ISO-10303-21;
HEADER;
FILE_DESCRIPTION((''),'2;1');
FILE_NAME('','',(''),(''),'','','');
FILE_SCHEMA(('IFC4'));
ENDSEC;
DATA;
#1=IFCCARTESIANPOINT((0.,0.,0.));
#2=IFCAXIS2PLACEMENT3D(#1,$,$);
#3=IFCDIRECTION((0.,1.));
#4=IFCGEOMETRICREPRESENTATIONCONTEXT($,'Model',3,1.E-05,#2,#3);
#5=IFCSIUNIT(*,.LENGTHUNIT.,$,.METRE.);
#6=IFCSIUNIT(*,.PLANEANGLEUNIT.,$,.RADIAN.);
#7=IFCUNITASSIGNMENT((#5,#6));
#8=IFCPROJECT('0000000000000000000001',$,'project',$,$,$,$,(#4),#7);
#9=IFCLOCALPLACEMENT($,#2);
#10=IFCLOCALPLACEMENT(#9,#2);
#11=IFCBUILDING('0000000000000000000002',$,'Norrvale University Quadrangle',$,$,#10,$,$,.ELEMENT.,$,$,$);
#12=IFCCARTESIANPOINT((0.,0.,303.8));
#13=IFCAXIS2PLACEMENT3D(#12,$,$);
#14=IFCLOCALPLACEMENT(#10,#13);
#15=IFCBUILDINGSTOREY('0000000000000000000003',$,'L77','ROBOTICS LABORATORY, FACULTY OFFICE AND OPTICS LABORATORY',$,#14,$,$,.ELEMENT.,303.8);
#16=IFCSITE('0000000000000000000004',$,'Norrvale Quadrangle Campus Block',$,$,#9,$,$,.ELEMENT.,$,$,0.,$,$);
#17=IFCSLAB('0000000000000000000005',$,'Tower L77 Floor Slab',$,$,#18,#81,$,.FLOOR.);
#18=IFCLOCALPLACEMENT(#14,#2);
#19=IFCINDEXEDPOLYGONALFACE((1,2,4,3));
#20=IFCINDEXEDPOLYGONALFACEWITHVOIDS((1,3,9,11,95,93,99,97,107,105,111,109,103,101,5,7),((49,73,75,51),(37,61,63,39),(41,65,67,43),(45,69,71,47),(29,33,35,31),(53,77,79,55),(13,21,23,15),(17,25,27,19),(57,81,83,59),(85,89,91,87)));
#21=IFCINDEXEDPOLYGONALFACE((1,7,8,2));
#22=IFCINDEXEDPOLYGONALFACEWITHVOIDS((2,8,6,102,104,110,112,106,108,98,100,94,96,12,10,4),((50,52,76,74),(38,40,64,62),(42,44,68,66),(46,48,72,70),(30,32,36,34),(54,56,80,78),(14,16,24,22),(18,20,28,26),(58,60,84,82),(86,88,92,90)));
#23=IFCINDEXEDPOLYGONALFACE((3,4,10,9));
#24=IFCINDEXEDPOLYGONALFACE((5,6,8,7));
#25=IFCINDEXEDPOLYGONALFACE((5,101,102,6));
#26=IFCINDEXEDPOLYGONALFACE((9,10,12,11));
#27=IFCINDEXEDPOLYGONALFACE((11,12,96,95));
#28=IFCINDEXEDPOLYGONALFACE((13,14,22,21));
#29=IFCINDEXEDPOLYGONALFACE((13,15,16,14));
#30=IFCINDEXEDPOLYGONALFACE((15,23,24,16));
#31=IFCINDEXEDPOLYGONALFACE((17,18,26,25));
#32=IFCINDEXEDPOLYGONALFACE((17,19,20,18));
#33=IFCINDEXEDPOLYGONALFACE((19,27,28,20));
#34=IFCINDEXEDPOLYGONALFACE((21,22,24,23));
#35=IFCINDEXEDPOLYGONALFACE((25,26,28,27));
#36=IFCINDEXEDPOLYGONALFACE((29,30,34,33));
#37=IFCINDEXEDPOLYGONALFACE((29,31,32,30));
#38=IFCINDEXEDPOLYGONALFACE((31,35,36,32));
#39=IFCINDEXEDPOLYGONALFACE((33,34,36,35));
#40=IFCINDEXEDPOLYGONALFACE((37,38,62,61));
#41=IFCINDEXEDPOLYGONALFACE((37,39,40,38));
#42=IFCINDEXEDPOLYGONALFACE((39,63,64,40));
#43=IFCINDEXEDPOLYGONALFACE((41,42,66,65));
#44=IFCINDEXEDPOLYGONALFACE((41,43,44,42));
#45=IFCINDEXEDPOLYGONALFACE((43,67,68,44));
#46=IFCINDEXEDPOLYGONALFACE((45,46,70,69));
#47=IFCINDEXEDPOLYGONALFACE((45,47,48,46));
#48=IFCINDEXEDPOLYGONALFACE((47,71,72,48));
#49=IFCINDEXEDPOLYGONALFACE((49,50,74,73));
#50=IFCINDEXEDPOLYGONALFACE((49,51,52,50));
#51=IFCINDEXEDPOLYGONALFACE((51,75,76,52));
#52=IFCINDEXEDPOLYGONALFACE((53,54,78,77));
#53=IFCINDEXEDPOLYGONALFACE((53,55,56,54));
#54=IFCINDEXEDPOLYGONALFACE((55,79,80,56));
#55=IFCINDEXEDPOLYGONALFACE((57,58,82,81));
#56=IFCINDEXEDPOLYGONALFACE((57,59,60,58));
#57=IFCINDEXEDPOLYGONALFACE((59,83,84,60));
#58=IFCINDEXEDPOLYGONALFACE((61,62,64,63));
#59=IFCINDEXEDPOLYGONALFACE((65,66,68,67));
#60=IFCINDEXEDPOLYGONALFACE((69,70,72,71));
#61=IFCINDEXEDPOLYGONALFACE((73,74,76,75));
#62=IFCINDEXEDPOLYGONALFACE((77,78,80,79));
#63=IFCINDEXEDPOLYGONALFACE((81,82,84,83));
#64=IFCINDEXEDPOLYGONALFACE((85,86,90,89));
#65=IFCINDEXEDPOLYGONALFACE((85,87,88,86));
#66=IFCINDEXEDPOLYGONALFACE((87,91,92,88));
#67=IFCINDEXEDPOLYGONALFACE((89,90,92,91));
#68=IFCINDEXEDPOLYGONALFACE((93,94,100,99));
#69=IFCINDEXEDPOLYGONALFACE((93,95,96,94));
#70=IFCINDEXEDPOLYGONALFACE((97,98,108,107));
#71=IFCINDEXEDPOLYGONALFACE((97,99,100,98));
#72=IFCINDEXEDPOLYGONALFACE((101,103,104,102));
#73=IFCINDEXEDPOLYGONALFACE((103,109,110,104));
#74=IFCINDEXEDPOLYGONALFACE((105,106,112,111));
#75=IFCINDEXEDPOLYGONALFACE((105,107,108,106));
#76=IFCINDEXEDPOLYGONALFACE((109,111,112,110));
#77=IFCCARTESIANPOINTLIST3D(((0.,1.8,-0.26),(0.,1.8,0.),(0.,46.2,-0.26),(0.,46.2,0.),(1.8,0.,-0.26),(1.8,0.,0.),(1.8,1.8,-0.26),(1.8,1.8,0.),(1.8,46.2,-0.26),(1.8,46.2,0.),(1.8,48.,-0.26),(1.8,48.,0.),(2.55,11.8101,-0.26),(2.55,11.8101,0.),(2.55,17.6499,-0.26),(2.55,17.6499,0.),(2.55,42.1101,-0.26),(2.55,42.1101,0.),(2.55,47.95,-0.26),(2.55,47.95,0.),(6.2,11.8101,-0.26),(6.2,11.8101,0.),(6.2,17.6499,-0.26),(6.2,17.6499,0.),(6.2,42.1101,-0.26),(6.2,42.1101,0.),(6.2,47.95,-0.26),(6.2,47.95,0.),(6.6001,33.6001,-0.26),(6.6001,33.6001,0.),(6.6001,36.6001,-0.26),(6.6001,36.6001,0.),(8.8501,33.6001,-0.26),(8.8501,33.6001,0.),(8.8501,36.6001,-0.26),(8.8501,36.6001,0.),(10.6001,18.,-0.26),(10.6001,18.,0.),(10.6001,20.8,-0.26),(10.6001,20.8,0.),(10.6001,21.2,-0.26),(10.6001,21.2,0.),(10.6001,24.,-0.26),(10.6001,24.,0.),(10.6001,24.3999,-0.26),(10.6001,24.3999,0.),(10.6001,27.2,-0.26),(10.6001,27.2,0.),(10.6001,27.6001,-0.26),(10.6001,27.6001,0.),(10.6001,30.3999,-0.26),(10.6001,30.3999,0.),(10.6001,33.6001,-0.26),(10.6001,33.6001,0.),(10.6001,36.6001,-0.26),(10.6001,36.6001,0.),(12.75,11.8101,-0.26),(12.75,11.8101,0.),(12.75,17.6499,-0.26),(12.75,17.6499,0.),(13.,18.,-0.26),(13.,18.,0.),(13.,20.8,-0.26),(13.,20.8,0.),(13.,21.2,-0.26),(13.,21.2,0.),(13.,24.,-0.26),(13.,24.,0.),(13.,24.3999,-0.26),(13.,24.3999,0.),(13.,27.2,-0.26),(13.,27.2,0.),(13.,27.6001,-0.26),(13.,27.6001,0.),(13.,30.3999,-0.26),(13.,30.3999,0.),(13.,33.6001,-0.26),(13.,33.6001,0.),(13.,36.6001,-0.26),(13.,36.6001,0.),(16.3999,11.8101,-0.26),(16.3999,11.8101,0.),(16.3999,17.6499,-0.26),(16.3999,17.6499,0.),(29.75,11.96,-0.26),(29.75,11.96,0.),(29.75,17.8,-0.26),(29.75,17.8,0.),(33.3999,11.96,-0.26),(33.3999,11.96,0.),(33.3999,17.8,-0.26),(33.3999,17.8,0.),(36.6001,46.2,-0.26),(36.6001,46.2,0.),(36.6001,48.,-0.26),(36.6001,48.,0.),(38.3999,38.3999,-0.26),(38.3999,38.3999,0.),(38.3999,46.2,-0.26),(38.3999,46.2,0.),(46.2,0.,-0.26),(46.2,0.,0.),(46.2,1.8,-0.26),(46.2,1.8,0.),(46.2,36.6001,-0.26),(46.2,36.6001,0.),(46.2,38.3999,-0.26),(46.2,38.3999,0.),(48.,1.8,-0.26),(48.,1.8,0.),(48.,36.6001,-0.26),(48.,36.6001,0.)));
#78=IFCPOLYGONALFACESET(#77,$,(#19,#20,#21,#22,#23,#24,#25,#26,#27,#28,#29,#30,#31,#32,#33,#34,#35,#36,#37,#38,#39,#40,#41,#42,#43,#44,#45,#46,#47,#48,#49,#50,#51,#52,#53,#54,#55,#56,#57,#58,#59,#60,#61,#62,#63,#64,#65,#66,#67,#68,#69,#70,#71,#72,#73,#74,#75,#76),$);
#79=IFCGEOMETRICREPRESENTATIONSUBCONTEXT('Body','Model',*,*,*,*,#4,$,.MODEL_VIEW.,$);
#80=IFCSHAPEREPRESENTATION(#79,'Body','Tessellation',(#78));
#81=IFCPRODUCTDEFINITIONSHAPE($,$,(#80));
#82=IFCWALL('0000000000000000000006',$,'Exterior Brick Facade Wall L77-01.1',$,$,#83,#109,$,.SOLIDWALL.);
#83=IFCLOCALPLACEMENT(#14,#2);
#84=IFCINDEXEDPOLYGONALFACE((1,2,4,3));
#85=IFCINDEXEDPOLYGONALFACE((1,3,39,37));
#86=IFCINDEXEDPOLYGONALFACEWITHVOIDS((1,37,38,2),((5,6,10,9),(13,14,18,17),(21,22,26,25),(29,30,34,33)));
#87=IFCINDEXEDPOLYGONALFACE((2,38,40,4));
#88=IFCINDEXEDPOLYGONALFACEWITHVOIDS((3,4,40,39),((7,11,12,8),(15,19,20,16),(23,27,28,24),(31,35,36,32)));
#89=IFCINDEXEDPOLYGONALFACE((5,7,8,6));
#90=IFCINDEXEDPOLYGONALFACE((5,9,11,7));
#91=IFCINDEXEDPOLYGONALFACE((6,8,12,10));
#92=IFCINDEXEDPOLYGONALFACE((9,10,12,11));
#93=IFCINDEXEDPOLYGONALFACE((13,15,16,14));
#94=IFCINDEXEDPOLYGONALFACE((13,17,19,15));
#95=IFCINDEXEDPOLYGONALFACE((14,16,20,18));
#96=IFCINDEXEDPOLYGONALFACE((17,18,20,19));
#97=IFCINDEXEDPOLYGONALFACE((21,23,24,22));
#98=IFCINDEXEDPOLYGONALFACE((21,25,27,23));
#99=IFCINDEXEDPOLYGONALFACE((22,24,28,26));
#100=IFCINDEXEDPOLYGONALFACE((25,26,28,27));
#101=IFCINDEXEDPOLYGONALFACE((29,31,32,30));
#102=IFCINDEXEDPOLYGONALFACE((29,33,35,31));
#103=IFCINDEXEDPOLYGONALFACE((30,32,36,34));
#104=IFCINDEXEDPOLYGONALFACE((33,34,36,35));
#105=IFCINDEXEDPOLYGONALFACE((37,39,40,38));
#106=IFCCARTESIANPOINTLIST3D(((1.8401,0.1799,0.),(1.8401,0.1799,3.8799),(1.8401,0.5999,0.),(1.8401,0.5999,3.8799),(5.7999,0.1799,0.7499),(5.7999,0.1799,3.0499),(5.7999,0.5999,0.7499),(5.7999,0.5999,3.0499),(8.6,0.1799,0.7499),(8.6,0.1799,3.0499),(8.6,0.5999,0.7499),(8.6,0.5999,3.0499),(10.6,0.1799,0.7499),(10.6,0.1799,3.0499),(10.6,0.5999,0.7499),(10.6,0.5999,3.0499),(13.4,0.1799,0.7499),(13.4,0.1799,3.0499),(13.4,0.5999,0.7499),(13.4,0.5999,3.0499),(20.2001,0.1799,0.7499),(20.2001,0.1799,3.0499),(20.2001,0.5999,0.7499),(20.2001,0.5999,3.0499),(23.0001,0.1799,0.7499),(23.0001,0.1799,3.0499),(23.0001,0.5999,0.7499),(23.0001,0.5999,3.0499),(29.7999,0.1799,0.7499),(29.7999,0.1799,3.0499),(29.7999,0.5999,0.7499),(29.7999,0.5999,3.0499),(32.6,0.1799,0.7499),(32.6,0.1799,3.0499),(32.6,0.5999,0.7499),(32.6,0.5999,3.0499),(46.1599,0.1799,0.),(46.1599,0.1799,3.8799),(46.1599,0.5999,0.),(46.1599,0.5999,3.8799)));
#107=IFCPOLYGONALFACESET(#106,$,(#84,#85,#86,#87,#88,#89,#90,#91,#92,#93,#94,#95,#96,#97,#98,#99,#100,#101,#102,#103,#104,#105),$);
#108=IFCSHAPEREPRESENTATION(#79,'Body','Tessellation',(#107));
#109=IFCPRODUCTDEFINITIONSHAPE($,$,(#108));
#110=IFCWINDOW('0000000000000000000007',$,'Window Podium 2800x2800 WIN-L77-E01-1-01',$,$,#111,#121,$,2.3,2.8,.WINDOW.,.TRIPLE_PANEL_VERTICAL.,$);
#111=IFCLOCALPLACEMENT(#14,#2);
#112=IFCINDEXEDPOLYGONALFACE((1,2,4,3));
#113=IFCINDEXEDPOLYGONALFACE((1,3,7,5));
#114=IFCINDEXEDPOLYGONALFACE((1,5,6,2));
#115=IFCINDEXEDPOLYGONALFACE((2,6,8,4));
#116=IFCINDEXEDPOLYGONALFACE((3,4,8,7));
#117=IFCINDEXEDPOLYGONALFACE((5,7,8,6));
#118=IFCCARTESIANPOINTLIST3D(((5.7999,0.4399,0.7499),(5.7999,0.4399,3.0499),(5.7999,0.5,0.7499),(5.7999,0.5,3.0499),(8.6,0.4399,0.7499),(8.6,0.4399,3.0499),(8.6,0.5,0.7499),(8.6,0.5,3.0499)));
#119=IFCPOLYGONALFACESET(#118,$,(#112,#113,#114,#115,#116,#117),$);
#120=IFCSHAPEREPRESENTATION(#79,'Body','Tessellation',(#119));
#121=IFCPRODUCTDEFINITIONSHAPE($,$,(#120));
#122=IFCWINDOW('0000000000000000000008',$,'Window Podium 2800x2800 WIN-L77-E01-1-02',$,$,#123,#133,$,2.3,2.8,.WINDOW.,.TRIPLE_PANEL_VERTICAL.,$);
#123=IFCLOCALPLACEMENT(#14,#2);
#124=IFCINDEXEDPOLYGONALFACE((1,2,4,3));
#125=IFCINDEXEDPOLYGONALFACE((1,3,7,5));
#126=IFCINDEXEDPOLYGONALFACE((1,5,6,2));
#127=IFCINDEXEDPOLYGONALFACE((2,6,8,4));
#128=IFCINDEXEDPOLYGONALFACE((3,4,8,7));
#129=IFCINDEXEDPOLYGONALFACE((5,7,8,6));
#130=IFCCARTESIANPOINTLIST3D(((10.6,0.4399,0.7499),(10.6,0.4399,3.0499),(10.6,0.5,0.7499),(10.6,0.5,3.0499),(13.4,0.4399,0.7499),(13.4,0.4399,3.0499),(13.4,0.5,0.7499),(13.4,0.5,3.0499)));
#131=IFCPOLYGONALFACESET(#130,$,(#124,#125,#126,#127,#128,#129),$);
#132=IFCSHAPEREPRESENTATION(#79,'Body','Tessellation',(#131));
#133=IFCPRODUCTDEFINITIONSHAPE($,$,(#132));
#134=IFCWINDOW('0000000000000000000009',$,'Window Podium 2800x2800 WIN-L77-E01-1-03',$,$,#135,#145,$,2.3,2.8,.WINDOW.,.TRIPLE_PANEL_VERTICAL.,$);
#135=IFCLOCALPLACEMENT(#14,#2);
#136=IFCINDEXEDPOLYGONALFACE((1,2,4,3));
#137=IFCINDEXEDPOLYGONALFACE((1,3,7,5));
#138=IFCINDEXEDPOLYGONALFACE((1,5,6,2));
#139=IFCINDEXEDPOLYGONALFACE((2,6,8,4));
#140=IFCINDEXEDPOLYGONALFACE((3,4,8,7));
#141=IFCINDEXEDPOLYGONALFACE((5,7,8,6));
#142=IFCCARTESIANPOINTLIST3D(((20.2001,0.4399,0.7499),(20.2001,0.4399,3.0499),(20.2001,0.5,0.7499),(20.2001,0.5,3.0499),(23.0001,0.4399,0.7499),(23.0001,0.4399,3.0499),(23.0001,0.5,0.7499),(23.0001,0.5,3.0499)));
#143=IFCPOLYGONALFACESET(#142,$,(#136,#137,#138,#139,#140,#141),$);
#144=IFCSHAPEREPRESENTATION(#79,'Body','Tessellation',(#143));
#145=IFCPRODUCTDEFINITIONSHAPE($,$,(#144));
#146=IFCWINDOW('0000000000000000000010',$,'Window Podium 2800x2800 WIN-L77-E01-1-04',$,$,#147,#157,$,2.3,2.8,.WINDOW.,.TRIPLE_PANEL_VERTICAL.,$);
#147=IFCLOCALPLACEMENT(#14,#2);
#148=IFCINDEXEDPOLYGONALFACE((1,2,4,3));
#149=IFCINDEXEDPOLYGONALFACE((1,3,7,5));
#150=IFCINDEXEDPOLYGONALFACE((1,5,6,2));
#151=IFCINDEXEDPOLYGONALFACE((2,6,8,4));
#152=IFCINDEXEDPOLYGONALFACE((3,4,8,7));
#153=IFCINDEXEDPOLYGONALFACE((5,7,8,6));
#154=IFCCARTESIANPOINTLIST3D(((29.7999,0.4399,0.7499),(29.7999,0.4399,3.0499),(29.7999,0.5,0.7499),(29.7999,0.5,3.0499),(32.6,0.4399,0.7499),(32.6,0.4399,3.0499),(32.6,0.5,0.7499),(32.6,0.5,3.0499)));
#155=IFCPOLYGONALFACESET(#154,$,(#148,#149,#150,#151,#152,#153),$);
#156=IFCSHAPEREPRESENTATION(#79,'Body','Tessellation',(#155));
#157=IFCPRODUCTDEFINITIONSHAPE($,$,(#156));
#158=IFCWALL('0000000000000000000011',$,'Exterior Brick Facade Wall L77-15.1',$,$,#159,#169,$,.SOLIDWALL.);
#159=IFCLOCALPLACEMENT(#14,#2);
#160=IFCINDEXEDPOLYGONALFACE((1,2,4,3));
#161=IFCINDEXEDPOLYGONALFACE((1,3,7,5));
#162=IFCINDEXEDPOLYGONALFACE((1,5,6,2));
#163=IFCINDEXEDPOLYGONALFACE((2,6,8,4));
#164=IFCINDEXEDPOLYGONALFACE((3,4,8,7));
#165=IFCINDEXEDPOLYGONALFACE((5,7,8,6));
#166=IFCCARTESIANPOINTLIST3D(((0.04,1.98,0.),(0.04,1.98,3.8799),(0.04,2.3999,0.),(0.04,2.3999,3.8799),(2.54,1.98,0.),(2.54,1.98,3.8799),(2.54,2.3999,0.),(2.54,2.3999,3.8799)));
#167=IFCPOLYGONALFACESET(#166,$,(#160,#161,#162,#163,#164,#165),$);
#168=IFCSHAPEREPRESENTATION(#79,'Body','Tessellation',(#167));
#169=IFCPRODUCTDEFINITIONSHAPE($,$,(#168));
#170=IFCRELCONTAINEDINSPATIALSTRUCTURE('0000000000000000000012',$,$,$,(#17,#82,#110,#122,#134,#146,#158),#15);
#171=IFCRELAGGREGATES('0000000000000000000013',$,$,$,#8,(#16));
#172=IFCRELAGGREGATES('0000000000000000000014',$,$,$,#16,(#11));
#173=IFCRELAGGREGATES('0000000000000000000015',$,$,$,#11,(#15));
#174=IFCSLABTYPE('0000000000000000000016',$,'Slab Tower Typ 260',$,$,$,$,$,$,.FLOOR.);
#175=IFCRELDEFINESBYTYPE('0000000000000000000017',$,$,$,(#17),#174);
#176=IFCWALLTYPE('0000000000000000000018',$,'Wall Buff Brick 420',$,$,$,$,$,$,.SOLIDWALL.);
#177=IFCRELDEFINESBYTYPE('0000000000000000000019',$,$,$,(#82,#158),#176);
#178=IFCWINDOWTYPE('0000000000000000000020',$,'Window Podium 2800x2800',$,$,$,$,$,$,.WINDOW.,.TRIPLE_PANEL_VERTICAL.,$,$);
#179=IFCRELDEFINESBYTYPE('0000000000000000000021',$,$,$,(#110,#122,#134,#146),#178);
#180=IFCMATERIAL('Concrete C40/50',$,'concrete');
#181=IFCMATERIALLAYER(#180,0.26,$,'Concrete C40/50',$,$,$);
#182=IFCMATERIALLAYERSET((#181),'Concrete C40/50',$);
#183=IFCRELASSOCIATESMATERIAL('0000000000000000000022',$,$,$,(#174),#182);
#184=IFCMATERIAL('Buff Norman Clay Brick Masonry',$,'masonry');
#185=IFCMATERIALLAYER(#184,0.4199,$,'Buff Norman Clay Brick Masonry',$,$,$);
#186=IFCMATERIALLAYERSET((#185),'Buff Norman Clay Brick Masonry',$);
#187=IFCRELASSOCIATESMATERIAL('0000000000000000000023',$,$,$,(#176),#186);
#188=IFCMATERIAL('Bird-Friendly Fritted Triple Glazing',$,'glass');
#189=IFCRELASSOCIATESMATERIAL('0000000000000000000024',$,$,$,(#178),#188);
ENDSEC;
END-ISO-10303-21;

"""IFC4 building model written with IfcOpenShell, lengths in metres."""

from ifc_helpers import new_model, si_unit, direction, frame, frame_2d, origin, place, context, subcontext, project, spatial, polyline, rectangle, outline, extrude, material, layer, layer_set, type_object, element, fill, save


model = new_model("IFC4")

# Units and contexts
model_context = context("Model", 3, precision=1e-05, world=origin(), true_north=direction((0.0, 1.0)))
body_context = subcontext(model_context, "Body", "Model", "MODEL_VIEW")
ifc_project = project(units=[si_unit("LENGTHUNIT", "METRE"), si_unit("PLANEANGLEUNIT", "RADIAN")], contexts=[model_context])

# Site, building, storey
site_placement = place(None, origin())
site = spatial("IfcSite", under=ifc_project, at=site_placement, Name="Norrvale Quadrangle Campus Block", CompositionType="ELEMENT", RefElevation=0.0)
building_placement = place(site_placement, origin())
building = spatial("IfcBuilding", under=site, at=building_placement, Name="Norrvale University Quadrangle", CompositionType="ELEMENT")
storey_placement = place(building_placement, frame((0.0, 0.0, 303.8)))
storey = spatial("IfcBuildingStorey", under=building, at=storey_placement, Name="L77", Description="ROBOTICS LABORATORY, FACULTY OFFICE AND OPTICS LABORATORY", CompositionType="ELEMENT", Elevation=303.8)

# Shared definitions
ifc_material_1 = material(Name="Concrete C40/50", Category="concrete")

# Slab
ifc_layer_1 = layer(ifc_material_1, 0.26, Name="Concrete C40/50")
ifc_layer_set_1 = layer_set([ifc_layer_1], Name="Concrete C40/50")
slab_type_1 = type_object("IfcSlabType", Name="Slab Tower Typ 260", PredefinedType="FLOOR", material=ifc_layer_set_1)
slab_1_placement = place(storey_placement, frame((0.0, 0.0, -0.26)))
element("IfcSlab", 1, at=slab_1_placement, inside=storey, type_object=slab_type_1, Name="Tower L77 Floor Slab", PredefinedType="FLOOR", context=body_context, shape_type="SweptSolid", body=[
    extrude(outline(polyline([(1.8, 0.0), (46.2, 0.0), (46.2, 1.8), (48.0, 1.8), (48.0, 36.6001), (46.2, 36.6001), (46.2, 38.3999), (38.3999, 38.3999), (38.3999, 46.2), (36.6001, 46.2), (36.6001, 48.0), (1.8, 48.0), (1.8, 46.2), (0.0, 46.2), (0.0, 1.8), (1.8, 1.8), (1.8, 0.0)]), holes=[polyline([(2.55, 11.8101), (6.2, 11.8101), (6.2, 17.6499), (2.55, 17.6499), (2.55, 11.8101)]), polyline([(2.55, 42.1101), (6.2, 42.1101), (6.2, 47.95), (2.55, 47.95), (2.55, 42.1101)]), polyline([(12.75, 11.8101), (16.3999, 11.8101), (16.3999, 17.6499), (12.75, 17.6499), (12.75, 11.8101)]), polyline([(29.75, 11.96), (33.3999, 11.96), (33.3999, 17.8), (29.75, 17.8), (29.75, 11.96)]), polyline([(10.6001, 18.0), (13.0, 18.0), (13.0, 20.8), (10.6001, 20.8), (10.6001, 18.0)]), polyline([(10.6001, 21.2), (13.0, 21.2), (13.0, 24.0), (10.6001, 24.0), (10.6001, 21.2)]), polyline([(10.6001, 24.3999), (13.0, 24.3999), (13.0, 27.2), (10.6001, 27.2), (10.6001, 24.3999)]), polyline([(10.6001, 27.6001), (13.0, 27.6001), (13.0, 30.3999), (10.6001, 30.3999), (10.6001, 27.6001)]), polyline([(6.6001, 33.6001), (8.8501, 33.6001), (8.8501, 36.6001), (6.6001, 36.6001), (6.6001, 33.6001)]), polyline([(10.6001, 33.6001), (13.0, 33.6001), (13.0, 36.6001), (10.6001, 36.6001), (10.6001, 33.6001)])]), origin(), (0.0, 0.0, 1.0), 0.26),
])

# Wall, openings, windows
ifc_material_2 = material(Name="Buff Norman Clay Brick Masonry", Category="masonry")
ifc_layer_2 = layer(ifc_material_2, 0.4199, Name="Buff Norman Clay Brick Masonry")
ifc_layer_set_2 = layer_set([ifc_layer_2], Name="Buff Norman Clay Brick Masonry")
wall_type_1 = type_object("IfcWallType", Name="Wall Buff Brick 420", PredefinedType="SOLIDWALL", material=ifc_layer_set_2)
wall_1_placement = place(storey_placement, frame((1.8401, 0.3899, 0.0), z_axis=(0.0, 0.0, 1.0), x_axis=(1.0, 0.0, 0.0)))
wall_1 = element("IfcWall", 2, at=wall_1_placement, inside=storey, type_object=wall_type_1, Name="Exterior Brick Facade Wall L77-01.1", PredefinedType="SOLIDWALL", context=body_context, shape_type="SweptSolid", body=[
    extrude(rectangle(XDim=44.3198, YDim=0.4199, at=frame_2d((22.1599, 0.0))), origin(), (0.0, 0.0, 1.0), 3.8799),
])
opening_1_placement = place(wall_1_placement, frame((3.96, 0.0, 0.75)))
opening_1 = element("IfcOpeningElement", 3, at=opening_1_placement, cuts=wall_1, PredefinedType="OPENING", context=body_context, shape_type="SweptSolid", body=[
    extrude(rectangle(XDim=2.8, YDim=2.3, at=frame_2d((1.3999, 1.1499))), frame((0.0, 0.2219, 0.0), z_axis=(0.0, -1.0, 0.0), x_axis=(1.0, 0.0, 0.0)), (0.0, 0.0, 1.0), 0.4438),
])
opening_2_placement = place(wall_1_placement, frame((8.76, 0.0, 0.75)))
opening_2 = element("IfcOpeningElement", 4, at=opening_2_placement, cuts=wall_1, PredefinedType="OPENING", context=body_context, shape_type="SweptSolid", body=[
    extrude(rectangle(XDim=2.8, YDim=2.3, at=frame_2d((1.3999, 1.1499))), frame((0.0, 0.2219, 0.0), z_axis=(0.0, -1.0, 0.0), x_axis=(1.0, 0.0, 0.0)), (0.0, 0.0, 1.0), 0.4438),
])
opening_3_placement = place(wall_1_placement, frame((18.3601, 0.0, 0.75)))
opening_3 = element("IfcOpeningElement", 5, at=opening_3_placement, cuts=wall_1, PredefinedType="OPENING", context=body_context, shape_type="SweptSolid", body=[
    extrude(rectangle(XDim=2.8, YDim=2.3, at=frame_2d((1.3999, 1.1499))), frame((0.0, 0.2219, 0.0), z_axis=(0.0, -1.0, 0.0), x_axis=(1.0, 0.0, 0.0)), (0.0, 0.0, 1.0), 0.4438),
])
opening_4_placement = place(wall_1_placement, frame((27.96, 0.0, 0.75)))
opening_4 = element("IfcOpeningElement", 6, at=opening_4_placement, cuts=wall_1, PredefinedType="OPENING", context=body_context, shape_type="SweptSolid", body=[
    extrude(rectangle(XDim=2.8, YDim=2.3, at=frame_2d((1.3999, 1.1499))), frame((0.0, 0.2219, 0.0), z_axis=(0.0, -1.0, 0.0), x_axis=(1.0, 0.0, 0.0)), (0.0, 0.0, 1.0), 0.4438),
])
ifc_material_3 = material(Name="Bird-Friendly Fritted Triple Glazing", Category="glass")
window_type = type_object("IfcWindowType", Name="Window Podium 2800x2800", PartitioningType="TRIPLE_PANEL_VERTICAL", PredefinedType="WINDOW", material=ifc_material_3)
window_1_placement = place(opening_1_placement, origin())
window_1 = element("IfcWindow", 7, at=window_1_placement, inside=storey, type_object=window_type, Name="Window Podium 2800x2800 WIN-L77-E01-1-01", OverallHeight=2.3, OverallWidth=2.8, PartitioningType="TRIPLE_PANEL_VERTICAL", PredefinedType="WINDOW", context=body_context, shape_type="SweptSolid", body=[
    extrude(rectangle(XDim=2.8, YDim=2.3, at=frame_2d((1.3999, 1.1499))), frame((0.0, 0.1101, 0.0), z_axis=(0.0, -1.0, 0.0), x_axis=(1.0, 0.0, 0.0)), (0.0, 0.0, 1.0), 0.0601),
])
fill(opening_1, window_1)
window_2_placement = place(opening_2_placement, origin())
window_2 = element("IfcWindow", 8, at=window_2_placement, inside=storey, type_object=window_type, Name="Window Podium 2800x2800 WIN-L77-E01-1-02", OverallHeight=2.3, OverallWidth=2.8, PartitioningType="TRIPLE_PANEL_VERTICAL", PredefinedType="WINDOW", context=body_context, shape_type="SweptSolid", body=[
    extrude(rectangle(XDim=2.8, YDim=2.3, at=frame_2d((1.3999, 1.1499))), frame((0.0, 0.1101, 0.0), z_axis=(0.0, -1.0, 0.0), x_axis=(1.0, 0.0, 0.0)), (0.0, 0.0, 1.0), 0.0601),
])
fill(opening_2, window_2)
window_3_placement = place(opening_3_placement, origin())
window_3 = element("IfcWindow", 9, at=window_3_placement, inside=storey, type_object=window_type, Name="Window Podium 2800x2800 WIN-L77-E01-1-03", OverallHeight=2.3, OverallWidth=2.8, PartitioningType="TRIPLE_PANEL_VERTICAL", PredefinedType="WINDOW", context=body_context, shape_type="SweptSolid", body=[
    extrude(rectangle(XDim=2.8, YDim=2.3, at=frame_2d((1.3999, 1.1499))), frame((0.0, 0.1101, 0.0), z_axis=(0.0, -1.0, 0.0), x_axis=(1.0, 0.0, 0.0)), (0.0, 0.0, 1.0), 0.0601),
])
fill(opening_3, window_3)
window_4_placement = place(opening_4_placement, origin())
window_4 = element("IfcWindow", 10, at=window_4_placement, inside=storey, type_object=window_type, Name="Window Podium 2800x2800 WIN-L77-E01-1-04", OverallHeight=2.3, OverallWidth=2.8, PartitioningType="TRIPLE_PANEL_VERTICAL", PredefinedType="WINDOW", context=body_context, shape_type="SweptSolid", body=[
    extrude(rectangle(XDim=2.8, YDim=2.3, at=frame_2d((1.3999, 1.1499))), frame((0.0, 0.1101, 0.0), z_axis=(0.0, -1.0, 0.0), x_axis=(1.0, 0.0, 0.0)), (0.0, 0.0, 1.0), 0.0601),
])
fill(opening_4, window_4)

# Wall
for number, where, z_axis, x_axis, name in (
    (11, (0.04, 2.1899, 0.0), (0.0, 0.0, 1.0), (1.0, 0.0, 0.0), "Exterior Brick Facade Wall L77-15.1"),
):
    element("IfcWall", number, at=place(storey_placement, frame(where, z_axis=z_axis, x_axis=x_axis)), inside=storey, type_object=wall_type_1, Name=name, PredefinedType="SOLIDWALL", context=body_context, shape_type="SweptSolid", body=[
        extrude(rectangle(XDim=2.5, YDim=0.4199, at=frame_2d((1.25, 0.0))), origin(), (0.0, 0.0, 1.0), 3.8799),
    ])

save(model, "model.ifc")
